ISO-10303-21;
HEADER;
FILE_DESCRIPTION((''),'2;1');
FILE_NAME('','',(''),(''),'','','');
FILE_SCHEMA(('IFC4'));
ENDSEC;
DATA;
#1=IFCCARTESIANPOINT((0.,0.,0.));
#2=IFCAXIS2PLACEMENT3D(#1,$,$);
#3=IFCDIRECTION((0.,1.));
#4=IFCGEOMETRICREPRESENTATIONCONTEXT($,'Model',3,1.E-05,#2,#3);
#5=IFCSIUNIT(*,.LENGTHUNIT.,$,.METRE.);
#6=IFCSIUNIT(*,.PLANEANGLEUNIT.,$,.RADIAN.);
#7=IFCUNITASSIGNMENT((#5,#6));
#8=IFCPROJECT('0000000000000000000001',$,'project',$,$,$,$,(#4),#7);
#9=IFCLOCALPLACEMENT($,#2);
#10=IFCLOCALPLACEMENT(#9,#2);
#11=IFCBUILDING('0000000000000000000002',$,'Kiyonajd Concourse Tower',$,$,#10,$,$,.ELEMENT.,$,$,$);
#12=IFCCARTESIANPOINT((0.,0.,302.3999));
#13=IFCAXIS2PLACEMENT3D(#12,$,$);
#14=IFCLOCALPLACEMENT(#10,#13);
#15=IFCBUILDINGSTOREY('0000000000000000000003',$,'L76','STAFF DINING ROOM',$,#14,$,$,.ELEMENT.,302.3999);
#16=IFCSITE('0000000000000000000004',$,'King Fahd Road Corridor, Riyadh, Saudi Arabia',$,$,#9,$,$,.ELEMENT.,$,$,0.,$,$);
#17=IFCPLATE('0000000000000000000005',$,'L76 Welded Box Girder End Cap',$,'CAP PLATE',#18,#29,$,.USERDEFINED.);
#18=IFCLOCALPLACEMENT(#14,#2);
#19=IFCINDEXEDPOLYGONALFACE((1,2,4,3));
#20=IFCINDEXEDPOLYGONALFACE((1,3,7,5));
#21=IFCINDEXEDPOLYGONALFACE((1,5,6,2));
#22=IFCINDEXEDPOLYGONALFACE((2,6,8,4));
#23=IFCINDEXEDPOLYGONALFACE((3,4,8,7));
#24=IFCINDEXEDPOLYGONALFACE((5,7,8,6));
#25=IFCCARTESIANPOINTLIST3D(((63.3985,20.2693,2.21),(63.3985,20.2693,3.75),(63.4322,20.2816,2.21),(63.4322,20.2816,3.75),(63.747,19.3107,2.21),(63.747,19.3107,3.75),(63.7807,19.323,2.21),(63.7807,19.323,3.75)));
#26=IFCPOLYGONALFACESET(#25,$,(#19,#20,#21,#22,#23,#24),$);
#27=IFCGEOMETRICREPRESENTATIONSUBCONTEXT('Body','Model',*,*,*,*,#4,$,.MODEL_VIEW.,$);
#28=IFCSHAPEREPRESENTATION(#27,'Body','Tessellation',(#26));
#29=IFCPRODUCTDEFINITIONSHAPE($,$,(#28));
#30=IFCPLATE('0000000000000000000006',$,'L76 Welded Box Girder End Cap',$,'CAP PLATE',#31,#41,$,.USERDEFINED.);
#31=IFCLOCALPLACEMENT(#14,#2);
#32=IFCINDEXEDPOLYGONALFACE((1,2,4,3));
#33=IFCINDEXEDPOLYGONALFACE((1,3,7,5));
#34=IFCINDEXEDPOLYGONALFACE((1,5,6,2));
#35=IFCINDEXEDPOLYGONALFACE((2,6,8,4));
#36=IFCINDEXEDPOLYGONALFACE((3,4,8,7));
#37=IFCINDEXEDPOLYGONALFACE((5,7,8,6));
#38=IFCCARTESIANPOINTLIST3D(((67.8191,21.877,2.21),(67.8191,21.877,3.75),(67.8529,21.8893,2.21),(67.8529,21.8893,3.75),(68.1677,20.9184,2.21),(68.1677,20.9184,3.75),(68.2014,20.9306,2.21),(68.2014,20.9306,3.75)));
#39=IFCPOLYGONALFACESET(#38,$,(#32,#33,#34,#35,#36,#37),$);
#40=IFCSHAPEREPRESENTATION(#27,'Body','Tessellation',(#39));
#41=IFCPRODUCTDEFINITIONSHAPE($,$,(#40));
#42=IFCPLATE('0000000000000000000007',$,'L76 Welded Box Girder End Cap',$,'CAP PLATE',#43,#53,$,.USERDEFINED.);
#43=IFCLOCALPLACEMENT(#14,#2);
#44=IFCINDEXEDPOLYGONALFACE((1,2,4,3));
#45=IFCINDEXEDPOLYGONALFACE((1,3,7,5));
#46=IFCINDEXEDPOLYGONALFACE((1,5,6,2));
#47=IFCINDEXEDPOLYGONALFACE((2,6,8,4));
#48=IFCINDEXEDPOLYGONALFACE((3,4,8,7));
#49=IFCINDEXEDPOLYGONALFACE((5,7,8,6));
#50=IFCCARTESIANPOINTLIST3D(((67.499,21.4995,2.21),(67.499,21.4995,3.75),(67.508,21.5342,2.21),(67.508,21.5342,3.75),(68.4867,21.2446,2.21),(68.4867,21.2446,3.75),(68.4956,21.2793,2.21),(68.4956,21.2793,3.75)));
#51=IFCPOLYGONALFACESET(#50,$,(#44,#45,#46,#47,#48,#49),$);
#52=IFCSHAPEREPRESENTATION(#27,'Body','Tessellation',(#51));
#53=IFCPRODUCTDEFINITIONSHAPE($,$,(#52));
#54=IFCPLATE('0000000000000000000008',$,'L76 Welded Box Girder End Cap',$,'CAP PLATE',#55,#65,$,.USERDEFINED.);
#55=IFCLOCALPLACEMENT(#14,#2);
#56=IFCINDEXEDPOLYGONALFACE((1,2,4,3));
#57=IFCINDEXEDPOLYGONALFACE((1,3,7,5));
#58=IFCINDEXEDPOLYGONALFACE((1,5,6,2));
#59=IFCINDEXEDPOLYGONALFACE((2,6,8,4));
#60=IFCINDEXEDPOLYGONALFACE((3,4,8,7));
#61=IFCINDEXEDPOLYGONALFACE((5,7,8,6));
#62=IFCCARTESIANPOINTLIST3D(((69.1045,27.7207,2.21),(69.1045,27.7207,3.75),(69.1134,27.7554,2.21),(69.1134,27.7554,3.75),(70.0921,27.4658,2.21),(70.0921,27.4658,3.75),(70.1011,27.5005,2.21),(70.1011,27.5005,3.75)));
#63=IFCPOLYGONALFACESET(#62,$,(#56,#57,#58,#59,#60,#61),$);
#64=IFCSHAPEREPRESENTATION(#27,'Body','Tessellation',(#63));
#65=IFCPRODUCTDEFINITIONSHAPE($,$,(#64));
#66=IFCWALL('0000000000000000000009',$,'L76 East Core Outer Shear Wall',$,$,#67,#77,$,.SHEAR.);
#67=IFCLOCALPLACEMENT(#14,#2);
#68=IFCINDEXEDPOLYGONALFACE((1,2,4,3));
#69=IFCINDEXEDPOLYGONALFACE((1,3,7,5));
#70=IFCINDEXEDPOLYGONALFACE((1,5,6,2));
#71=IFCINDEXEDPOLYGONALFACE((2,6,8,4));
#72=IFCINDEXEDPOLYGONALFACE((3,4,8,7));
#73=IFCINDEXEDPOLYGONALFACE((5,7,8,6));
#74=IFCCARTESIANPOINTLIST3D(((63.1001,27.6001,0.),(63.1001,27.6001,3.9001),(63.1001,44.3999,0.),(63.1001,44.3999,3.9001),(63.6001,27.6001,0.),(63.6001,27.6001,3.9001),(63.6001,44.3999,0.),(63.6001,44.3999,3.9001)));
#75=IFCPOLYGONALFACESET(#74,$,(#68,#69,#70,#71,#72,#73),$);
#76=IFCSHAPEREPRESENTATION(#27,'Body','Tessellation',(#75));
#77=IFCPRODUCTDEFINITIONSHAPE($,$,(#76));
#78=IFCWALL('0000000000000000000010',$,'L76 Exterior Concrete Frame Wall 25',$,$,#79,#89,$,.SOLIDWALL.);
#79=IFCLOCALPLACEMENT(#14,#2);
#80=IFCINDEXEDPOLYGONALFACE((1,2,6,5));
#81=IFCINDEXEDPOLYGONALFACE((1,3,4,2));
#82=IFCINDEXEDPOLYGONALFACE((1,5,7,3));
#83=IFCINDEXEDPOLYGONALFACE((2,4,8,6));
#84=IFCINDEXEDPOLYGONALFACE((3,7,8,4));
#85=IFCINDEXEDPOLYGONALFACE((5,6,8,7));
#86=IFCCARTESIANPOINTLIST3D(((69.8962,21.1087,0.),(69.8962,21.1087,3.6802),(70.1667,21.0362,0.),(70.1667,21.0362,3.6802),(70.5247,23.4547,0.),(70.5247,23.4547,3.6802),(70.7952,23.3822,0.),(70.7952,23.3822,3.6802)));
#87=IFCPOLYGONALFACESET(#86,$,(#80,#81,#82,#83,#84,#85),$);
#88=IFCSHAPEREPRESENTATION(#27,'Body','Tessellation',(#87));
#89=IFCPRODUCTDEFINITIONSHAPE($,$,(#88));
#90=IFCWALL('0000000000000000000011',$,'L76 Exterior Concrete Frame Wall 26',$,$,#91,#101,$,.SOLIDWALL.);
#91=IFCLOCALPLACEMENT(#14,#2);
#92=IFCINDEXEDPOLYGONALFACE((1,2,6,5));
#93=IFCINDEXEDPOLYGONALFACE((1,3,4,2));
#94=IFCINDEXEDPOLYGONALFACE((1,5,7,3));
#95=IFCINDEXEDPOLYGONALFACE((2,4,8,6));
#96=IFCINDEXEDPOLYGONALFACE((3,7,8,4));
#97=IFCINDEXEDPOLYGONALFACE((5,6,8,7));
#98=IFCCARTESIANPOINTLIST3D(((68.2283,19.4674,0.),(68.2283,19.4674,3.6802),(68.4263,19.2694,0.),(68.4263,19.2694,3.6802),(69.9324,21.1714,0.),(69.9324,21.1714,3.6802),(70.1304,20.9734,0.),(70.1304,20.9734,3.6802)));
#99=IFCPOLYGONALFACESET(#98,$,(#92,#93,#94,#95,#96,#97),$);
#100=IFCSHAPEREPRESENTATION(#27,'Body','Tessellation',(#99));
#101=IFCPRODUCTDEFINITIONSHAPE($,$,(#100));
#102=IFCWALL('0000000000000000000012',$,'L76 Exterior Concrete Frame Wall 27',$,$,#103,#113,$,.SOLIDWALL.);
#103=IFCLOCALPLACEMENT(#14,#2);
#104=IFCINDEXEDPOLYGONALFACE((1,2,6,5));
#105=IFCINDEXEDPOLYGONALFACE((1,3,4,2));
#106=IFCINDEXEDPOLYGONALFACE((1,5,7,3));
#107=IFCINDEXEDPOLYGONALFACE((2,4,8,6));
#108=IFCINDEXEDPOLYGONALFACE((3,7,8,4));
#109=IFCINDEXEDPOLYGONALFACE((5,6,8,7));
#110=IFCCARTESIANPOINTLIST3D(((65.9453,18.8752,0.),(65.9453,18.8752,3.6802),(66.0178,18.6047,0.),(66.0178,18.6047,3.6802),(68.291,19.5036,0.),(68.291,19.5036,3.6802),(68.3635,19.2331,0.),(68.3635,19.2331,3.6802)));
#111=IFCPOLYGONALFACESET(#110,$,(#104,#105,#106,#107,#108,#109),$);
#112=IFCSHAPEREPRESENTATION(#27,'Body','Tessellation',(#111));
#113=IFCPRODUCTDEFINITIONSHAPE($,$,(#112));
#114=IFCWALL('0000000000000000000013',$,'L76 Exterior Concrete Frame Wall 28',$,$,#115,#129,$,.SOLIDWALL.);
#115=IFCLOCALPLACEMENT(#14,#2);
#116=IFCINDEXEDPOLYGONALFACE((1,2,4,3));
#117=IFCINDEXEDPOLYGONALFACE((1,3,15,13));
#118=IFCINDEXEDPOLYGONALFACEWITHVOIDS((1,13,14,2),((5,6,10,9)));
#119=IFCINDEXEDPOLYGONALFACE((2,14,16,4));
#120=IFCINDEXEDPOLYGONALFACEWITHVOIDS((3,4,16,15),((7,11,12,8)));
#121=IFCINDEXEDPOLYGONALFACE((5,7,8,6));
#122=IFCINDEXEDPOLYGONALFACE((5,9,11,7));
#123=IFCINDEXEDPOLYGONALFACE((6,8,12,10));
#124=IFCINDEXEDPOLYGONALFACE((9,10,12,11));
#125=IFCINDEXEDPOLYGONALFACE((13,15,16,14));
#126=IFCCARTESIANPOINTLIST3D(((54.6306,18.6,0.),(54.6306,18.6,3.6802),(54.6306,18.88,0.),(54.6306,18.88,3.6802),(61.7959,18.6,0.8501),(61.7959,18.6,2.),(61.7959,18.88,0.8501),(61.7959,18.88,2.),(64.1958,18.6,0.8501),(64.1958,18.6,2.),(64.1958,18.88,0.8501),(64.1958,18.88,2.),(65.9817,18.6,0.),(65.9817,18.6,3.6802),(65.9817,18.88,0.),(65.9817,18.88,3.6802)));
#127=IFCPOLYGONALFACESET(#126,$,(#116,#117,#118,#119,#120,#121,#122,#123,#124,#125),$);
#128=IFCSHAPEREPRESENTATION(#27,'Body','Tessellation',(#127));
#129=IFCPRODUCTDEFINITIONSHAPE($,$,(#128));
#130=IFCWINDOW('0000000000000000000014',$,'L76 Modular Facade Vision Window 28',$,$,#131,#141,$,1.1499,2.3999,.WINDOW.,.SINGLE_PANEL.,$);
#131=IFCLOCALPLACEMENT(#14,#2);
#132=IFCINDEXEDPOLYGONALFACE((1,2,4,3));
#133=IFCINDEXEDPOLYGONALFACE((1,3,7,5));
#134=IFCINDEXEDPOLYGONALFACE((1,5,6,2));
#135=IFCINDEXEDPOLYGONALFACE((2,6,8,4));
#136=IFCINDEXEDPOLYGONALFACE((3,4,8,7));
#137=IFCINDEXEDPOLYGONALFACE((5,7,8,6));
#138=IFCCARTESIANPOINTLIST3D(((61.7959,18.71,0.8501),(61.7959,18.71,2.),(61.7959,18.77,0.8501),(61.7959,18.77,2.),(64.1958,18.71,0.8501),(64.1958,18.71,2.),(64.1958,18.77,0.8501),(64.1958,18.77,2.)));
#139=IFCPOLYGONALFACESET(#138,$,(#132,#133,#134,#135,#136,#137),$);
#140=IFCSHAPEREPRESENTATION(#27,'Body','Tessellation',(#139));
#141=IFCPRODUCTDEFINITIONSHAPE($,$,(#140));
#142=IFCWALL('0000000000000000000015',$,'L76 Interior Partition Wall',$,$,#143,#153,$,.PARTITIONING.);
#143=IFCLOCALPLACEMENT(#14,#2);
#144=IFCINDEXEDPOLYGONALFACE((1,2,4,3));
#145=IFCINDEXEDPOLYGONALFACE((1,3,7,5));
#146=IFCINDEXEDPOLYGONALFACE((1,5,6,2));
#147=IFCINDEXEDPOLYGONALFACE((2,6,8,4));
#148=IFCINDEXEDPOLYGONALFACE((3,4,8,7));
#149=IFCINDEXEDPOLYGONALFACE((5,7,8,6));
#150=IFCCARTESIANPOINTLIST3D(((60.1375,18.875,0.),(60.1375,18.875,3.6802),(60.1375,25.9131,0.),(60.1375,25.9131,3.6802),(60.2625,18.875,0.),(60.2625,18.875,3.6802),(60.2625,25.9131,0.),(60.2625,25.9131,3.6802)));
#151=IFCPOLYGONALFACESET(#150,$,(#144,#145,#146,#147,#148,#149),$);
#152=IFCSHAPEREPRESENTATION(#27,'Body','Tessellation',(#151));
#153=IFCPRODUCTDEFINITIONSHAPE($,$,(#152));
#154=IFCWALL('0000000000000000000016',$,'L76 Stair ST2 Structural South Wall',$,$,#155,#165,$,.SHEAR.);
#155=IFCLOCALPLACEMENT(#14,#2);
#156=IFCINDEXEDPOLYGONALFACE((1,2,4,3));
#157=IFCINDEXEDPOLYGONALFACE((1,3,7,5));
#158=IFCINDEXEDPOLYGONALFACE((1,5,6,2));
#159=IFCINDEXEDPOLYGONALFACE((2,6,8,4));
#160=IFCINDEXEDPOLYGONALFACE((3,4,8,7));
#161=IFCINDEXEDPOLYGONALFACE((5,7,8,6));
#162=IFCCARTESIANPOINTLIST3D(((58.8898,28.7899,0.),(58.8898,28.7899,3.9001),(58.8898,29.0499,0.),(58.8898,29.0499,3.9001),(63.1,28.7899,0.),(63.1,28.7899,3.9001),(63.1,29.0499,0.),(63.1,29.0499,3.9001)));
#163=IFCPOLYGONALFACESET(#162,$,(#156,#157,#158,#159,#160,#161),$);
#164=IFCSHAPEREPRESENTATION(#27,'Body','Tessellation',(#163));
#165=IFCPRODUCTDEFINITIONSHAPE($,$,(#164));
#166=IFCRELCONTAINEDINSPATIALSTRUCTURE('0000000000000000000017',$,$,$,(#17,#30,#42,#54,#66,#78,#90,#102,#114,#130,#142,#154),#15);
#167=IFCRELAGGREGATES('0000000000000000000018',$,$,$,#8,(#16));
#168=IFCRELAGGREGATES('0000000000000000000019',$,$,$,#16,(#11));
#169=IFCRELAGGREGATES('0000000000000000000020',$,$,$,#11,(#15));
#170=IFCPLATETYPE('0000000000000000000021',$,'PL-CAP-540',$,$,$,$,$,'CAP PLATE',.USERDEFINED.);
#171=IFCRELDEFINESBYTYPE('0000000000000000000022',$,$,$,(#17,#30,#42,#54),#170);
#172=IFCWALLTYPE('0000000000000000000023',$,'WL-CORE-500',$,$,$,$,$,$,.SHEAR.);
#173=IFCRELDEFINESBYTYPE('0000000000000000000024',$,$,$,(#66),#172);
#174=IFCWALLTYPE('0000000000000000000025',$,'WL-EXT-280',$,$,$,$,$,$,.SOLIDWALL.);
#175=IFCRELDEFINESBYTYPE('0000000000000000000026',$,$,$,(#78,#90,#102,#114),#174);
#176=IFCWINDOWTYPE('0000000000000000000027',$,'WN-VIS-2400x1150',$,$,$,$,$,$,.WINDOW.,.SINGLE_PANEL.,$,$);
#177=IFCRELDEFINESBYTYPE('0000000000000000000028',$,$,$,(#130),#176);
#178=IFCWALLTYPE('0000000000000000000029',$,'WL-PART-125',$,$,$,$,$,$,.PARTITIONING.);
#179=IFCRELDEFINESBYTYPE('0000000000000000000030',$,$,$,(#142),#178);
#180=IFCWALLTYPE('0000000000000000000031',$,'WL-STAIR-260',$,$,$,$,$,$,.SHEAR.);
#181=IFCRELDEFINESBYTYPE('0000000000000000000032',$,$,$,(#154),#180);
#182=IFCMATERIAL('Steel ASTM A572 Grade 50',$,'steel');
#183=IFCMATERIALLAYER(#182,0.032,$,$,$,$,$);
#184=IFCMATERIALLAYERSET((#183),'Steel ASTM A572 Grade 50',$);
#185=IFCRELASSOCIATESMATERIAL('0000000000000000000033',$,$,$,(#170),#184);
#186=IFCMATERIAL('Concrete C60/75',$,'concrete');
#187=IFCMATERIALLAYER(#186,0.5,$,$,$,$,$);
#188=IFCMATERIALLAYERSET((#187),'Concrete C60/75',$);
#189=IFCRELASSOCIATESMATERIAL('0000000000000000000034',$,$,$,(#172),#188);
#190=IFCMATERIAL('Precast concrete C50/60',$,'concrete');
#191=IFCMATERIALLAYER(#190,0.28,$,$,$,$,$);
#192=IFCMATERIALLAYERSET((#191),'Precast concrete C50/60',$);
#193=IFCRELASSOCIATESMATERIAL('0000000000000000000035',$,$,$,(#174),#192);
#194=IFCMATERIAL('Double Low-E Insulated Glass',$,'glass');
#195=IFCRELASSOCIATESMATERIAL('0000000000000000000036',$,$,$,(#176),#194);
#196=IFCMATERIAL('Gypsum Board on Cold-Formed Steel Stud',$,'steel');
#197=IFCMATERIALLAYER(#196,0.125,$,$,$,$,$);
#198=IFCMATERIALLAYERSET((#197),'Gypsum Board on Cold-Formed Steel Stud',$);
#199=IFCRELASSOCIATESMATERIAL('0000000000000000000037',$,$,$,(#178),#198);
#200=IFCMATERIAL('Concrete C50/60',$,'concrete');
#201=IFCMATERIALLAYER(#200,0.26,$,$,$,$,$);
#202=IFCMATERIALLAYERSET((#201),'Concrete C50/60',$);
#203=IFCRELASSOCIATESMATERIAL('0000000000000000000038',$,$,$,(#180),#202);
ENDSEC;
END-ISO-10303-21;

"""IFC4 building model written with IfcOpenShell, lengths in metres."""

from ifc_helpers import new_model, si_unit, direction, frame, frame_2d, origin, origin_2d, place, context, subcontext, project, spatial, rectangle, extrude, material, layer, layer_set, type_object, element, fill, save


model = new_model("IFC4")

# Units and contexts
model_context = context("Model", 3, precision=1e-05, world=origin(), true_north=direction((0.0, 1.0)))
body_context = subcontext(model_context, "Body", "Model", "MODEL_VIEW")
ifc_project = project(units=[si_unit("LENGTHUNIT", "METRE"), si_unit("PLANEANGLEUNIT", "RADIAN")], contexts=[model_context])

# Site, building, storey
site_placement = place(None, origin())
site = spatial("IfcSite", under=ifc_project, at=site_placement, Name="King Fahd Road Corridor, Riyadh, Saudi Arabia", CompositionType="ELEMENT", RefElevation=0.0)
building_placement = place(site_placement, origin())
building = spatial("IfcBuilding", under=site, at=building_placement, Name="Kiyonajd Concourse Tower", CompositionType="ELEMENT")
storey_placement = place(building_placement, frame((0.0, 0.0, 302.3999)))
storey = spatial("IfcBuildingStorey", under=building, at=storey_placement, Name="L76", Description="STAFF DINING ROOM", CompositionType="ELEMENT", Elevation=302.3999)

# Shared definitions
ifc_material_1 = material(Name="Concrete C60/75", Category="concrete")

# Shared definitions
ifc_material_2 = material(Name="Steel ASTM A572 Grade 50", Category="steel")

# Plates
ifc_layer_1 = layer(ifc_material_2, 0.032)
ifc_layer_set_1 = layer_set([ifc_layer_1], Name="Steel ASTM A572 Grade 50")
plate_type = type_object("IfcPlateType", Name="PL-CAP-540", ElementType="CAP PLATE", PredefinedType="USERDEFINED", material=ifc_layer_set_1)
for number, where, z_axis, x_axis, name in (
    (1, (63.5896, 19.7961, 2.21), (0.0, 0.0, 1.0), (-0.939812, -0.341692, 0.0), "L76 Welded Box Girder End Cap"),
    (2, (68.0103, 21.4038, 2.21), (0.0, 0.0, 1.0), (0.939812, 0.341692, 0.0), "L76 Welded Box Girder End Cap"),
    (3, (67.9973, 21.3894, 2.21), (0.0, 0.0, 1.0), (-0.249873, -0.968279, 0.0), "L76 Welded Box Girder End Cap"),
    (4, (69.6028, 27.6106, 2.21), (0.0, 0.0, 1.0), (0.249873, 0.968279, 0.0), "L76 Welded Box Girder End Cap"),
):
    element("IfcPlate", number, at=place(storey_placement, frame(where, z_axis=z_axis, x_axis=x_axis)), inside=storey, type_object=plate_type, Name=name, ObjectType="CAP PLATE", PredefinedType="USERDEFINED", context=body_context, shape_type="SweptSolid", body=[
        extrude(rectangle(XDim=0.0359, YDim=1.02, at=origin_2d()), origin(), (0.0, 0.0, 1.0), 1.54),
    ])

# Walls
ifc_layer_2 = layer(ifc_material_1, 0.5)
ifc_layer_set_2 = layer_set([ifc_layer_2], Name="Concrete C60/75")
wall_type_1 = type_object("IfcWallType", Name="WL-CORE-500", PredefinedType="SHEAR", material=ifc_layer_set_2)
wall_1_placement = place(storey_placement, frame((63.3501, 27.6001, 0.0), z_axis=(0.0, 0.0, 1.0), x_axis=(0.0, 1.0, 0.0)))
element("IfcWall", 5, at=wall_1_placement, inside=storey, type_object=wall_type_1, Name="L76 East Core Outer Shear Wall", PredefinedType="SHEAR", context=body_context, shape_type="SweptSolid", body=[
    extrude(rectangle(XDim=16.7998, YDim=0.5, at=frame_2d((8.3999, 0.0))), origin(), (0.0, 0.0, 1.0), 3.9001),
])
ifc_material_3 = material(Name="Precast concrete C50/60", Category="concrete")
ifc_layer_3 = layer(ifc_material_3, 0.28)
ifc_layer_set_3 = layer_set([ifc_layer_3], Name="Precast concrete C50/60")
wall_type_2 = type_object("IfcWallType", Name="WL-EXT-280", PredefinedType="SOLIDWALL", material=ifc_layer_set_3)
wall_2_placement = place(storey_placement, frame((70.6599, 23.4185, 0.0), z_axis=(0.0, 0.0, 1.0), x_axis=(-0.258751, -0.965944, 0.0)))
element("IfcWall", 6, at=wall_2_placement, inside=storey, type_object=wall_type_2, Name="L76 Exterior Concrete Frame Wall 25", PredefinedType="SOLIDWALL", context=body_context, shape_type="SweptSolid", body=[
    extrude(rectangle(XDim=2.4287, YDim=0.28, at=frame_2d((1.2144, 0.0))), origin(), (0.0, 0.0, 1.0), 3.6802),
])
wall_3_placement = place(storey_placement, frame((70.0315, 21.0725, 0.0), z_axis=(0.0, 0.0, 1.0), x_axis=(-0.707107, -0.707107, 0.0)))
element("IfcWall", 7, at=wall_3_placement, inside=storey, type_object=wall_type_2, Name="L76 Exterior Concrete Frame Wall 26", PredefinedType="SOLIDWALL", context=body_context, shape_type="SweptSolid", body=[
    extrude(rectangle(XDim=2.4099, YDim=0.28, at=frame_2d((1.2051, 0.0))), origin(), (0.0, 0.0, 1.0), 3.6802),
])
wall_4_placement = place(storey_placement, frame((68.3274, 19.3684, 0.0), z_axis=(0.0, 0.0, 1.0), x_axis=(-0.965937, -0.258776, 0.0)))
element("IfcWall", 8, at=wall_4_placement, inside=storey, type_object=wall_type_2, Name="L76 Exterior Concrete Frame Wall 27", PredefinedType="SOLIDWALL", context=body_context, shape_type="SweptSolid", body=[
    extrude(rectangle(XDim=2.4285, YDim=0.28, at=frame_2d((1.2144, 0.0))), origin(), (0.0, 0.0, 1.0), 3.6802),
])

# Wall, opening, window
wall_5_placement = place(storey_placement, frame((65.9817, 18.74, 0.0), z_axis=(0.0, 0.0, 1.0), x_axis=(-1.0, 0.0, 0.0)))
wall_5 = element("IfcWall", 9, at=wall_5_placement, inside=storey, type_object=wall_type_2, Name="L76 Exterior Concrete Frame Wall 28", PredefinedType="SOLIDWALL", context=body_context, shape_type="SweptSolid", body=[
    extrude(rectangle(XDim=11.3511, YDim=0.28, at=frame_2d((5.6755, 0.0))), origin(), (0.0, 0.0, 1.0), 3.6802),
])
opening_1_placement = place(wall_5_placement, frame((1.7859, 0.0, 0.8501)))
opening_1 = element("IfcOpeningElement", 10, at=opening_1_placement, cuts=wall_5, PredefinedType="OPENING", context=body_context, shape_type="SweptSolid", body=[
    extrude(rectangle(XDim=2.3999, YDim=1.1499, at=frame_2d((1.2, 0.575))), frame((0.0, 0.1499, 0.0), z_axis=(0.0, -1.0, 0.0), x_axis=(1.0, 0.0, 0.0)), (0.0, 0.0, 1.0), 0.3),
])
ifc_material_4 = material(Name="Double Low-E Insulated Glass", Category="glass")
window_type = type_object("IfcWindowType", Name="WN-VIS-2400x1150", PartitioningType="SINGLE_PANEL", PredefinedType="WINDOW", material=ifc_material_4)
window_placement = place(opening_1_placement, origin())
window = element("IfcWindow", 11, at=window_placement, inside=storey, type_object=window_type, Name="L76 Modular Facade Vision Window 28", OverallHeight=1.1499, OverallWidth=2.3999, PartitioningType="SINGLE_PANEL", PredefinedType="WINDOW", context=body_context, shape_type="SweptSolid", body=[
    extrude(rectangle(XDim=2.3999, YDim=1.1499, at=frame_2d((1.2, 0.575))), frame((0.0, 0.03, 0.0), z_axis=(0.0, -1.0, 0.0), x_axis=(1.0, 0.0, 0.0)), (0.0, 0.0, 1.0), 0.0601),
])
fill(opening_1, window)

# Walls
ifc_material_5 = material(Name="Gypsum Board on Cold-Formed Steel Stud", Category="steel")
ifc_layer_4 = layer(ifc_material_5, 0.125)
ifc_layer_set_4 = layer_set([ifc_layer_4], Name="Gypsum Board on Cold-Formed Steel Stud")
wall_type_3 = type_object("IfcWallType", Name="WL-PART-125", PredefinedType="PARTITIONING", material=ifc_layer_set_4)
wall_6_placement = place(storey_placement, frame((60.2, 18.875, 0.0), z_axis=(0.0, 0.0, 1.0), x_axis=(0.0, 1.0, 0.0)))
element("IfcWall", 12, at=wall_6_placement, inside=storey, type_object=wall_type_3, Name="L76 Interior Partition Wall", PredefinedType="PARTITIONING", context=body_context, shape_type="SweptSolid", body=[
    extrude(rectangle(XDim=7.0381, YDim=0.125, at=frame_2d((3.519, 0.0))), origin(), (0.0, 0.0, 1.0), 3.6802),
])
ifc_material_6 = material(Name="Concrete C50/60", Category="concrete")
ifc_layer_5 = layer(ifc_material_6, 0.26)
ifc_layer_set_5 = layer_set([ifc_layer_5], Name="Concrete C50/60")
wall_type_4 = type_object("IfcWallType", Name="WL-STAIR-260", PredefinedType="SHEAR", material=ifc_layer_set_5)
wall_7_placement = place(storey_placement, frame((58.8899, 28.9199, 0.0), z_axis=(0.0, 0.0, 1.0), x_axis=(1.0, 0.0, 0.0)))
element("IfcWall", 13, at=wall_7_placement, inside=storey, type_object=wall_type_4, Name="L76 Stair ST2 Structural South Wall", PredefinedType="SHEAR", context=body_context, shape_type="SweptSolid", body=[
    extrude(rectangle(XDim=4.2102, YDim=0.26, at=frame_2d((2.105, 0.0))), origin(), (0.0, 0.0, 1.0), 3.9001),
])

save(model, "model.ifc")
